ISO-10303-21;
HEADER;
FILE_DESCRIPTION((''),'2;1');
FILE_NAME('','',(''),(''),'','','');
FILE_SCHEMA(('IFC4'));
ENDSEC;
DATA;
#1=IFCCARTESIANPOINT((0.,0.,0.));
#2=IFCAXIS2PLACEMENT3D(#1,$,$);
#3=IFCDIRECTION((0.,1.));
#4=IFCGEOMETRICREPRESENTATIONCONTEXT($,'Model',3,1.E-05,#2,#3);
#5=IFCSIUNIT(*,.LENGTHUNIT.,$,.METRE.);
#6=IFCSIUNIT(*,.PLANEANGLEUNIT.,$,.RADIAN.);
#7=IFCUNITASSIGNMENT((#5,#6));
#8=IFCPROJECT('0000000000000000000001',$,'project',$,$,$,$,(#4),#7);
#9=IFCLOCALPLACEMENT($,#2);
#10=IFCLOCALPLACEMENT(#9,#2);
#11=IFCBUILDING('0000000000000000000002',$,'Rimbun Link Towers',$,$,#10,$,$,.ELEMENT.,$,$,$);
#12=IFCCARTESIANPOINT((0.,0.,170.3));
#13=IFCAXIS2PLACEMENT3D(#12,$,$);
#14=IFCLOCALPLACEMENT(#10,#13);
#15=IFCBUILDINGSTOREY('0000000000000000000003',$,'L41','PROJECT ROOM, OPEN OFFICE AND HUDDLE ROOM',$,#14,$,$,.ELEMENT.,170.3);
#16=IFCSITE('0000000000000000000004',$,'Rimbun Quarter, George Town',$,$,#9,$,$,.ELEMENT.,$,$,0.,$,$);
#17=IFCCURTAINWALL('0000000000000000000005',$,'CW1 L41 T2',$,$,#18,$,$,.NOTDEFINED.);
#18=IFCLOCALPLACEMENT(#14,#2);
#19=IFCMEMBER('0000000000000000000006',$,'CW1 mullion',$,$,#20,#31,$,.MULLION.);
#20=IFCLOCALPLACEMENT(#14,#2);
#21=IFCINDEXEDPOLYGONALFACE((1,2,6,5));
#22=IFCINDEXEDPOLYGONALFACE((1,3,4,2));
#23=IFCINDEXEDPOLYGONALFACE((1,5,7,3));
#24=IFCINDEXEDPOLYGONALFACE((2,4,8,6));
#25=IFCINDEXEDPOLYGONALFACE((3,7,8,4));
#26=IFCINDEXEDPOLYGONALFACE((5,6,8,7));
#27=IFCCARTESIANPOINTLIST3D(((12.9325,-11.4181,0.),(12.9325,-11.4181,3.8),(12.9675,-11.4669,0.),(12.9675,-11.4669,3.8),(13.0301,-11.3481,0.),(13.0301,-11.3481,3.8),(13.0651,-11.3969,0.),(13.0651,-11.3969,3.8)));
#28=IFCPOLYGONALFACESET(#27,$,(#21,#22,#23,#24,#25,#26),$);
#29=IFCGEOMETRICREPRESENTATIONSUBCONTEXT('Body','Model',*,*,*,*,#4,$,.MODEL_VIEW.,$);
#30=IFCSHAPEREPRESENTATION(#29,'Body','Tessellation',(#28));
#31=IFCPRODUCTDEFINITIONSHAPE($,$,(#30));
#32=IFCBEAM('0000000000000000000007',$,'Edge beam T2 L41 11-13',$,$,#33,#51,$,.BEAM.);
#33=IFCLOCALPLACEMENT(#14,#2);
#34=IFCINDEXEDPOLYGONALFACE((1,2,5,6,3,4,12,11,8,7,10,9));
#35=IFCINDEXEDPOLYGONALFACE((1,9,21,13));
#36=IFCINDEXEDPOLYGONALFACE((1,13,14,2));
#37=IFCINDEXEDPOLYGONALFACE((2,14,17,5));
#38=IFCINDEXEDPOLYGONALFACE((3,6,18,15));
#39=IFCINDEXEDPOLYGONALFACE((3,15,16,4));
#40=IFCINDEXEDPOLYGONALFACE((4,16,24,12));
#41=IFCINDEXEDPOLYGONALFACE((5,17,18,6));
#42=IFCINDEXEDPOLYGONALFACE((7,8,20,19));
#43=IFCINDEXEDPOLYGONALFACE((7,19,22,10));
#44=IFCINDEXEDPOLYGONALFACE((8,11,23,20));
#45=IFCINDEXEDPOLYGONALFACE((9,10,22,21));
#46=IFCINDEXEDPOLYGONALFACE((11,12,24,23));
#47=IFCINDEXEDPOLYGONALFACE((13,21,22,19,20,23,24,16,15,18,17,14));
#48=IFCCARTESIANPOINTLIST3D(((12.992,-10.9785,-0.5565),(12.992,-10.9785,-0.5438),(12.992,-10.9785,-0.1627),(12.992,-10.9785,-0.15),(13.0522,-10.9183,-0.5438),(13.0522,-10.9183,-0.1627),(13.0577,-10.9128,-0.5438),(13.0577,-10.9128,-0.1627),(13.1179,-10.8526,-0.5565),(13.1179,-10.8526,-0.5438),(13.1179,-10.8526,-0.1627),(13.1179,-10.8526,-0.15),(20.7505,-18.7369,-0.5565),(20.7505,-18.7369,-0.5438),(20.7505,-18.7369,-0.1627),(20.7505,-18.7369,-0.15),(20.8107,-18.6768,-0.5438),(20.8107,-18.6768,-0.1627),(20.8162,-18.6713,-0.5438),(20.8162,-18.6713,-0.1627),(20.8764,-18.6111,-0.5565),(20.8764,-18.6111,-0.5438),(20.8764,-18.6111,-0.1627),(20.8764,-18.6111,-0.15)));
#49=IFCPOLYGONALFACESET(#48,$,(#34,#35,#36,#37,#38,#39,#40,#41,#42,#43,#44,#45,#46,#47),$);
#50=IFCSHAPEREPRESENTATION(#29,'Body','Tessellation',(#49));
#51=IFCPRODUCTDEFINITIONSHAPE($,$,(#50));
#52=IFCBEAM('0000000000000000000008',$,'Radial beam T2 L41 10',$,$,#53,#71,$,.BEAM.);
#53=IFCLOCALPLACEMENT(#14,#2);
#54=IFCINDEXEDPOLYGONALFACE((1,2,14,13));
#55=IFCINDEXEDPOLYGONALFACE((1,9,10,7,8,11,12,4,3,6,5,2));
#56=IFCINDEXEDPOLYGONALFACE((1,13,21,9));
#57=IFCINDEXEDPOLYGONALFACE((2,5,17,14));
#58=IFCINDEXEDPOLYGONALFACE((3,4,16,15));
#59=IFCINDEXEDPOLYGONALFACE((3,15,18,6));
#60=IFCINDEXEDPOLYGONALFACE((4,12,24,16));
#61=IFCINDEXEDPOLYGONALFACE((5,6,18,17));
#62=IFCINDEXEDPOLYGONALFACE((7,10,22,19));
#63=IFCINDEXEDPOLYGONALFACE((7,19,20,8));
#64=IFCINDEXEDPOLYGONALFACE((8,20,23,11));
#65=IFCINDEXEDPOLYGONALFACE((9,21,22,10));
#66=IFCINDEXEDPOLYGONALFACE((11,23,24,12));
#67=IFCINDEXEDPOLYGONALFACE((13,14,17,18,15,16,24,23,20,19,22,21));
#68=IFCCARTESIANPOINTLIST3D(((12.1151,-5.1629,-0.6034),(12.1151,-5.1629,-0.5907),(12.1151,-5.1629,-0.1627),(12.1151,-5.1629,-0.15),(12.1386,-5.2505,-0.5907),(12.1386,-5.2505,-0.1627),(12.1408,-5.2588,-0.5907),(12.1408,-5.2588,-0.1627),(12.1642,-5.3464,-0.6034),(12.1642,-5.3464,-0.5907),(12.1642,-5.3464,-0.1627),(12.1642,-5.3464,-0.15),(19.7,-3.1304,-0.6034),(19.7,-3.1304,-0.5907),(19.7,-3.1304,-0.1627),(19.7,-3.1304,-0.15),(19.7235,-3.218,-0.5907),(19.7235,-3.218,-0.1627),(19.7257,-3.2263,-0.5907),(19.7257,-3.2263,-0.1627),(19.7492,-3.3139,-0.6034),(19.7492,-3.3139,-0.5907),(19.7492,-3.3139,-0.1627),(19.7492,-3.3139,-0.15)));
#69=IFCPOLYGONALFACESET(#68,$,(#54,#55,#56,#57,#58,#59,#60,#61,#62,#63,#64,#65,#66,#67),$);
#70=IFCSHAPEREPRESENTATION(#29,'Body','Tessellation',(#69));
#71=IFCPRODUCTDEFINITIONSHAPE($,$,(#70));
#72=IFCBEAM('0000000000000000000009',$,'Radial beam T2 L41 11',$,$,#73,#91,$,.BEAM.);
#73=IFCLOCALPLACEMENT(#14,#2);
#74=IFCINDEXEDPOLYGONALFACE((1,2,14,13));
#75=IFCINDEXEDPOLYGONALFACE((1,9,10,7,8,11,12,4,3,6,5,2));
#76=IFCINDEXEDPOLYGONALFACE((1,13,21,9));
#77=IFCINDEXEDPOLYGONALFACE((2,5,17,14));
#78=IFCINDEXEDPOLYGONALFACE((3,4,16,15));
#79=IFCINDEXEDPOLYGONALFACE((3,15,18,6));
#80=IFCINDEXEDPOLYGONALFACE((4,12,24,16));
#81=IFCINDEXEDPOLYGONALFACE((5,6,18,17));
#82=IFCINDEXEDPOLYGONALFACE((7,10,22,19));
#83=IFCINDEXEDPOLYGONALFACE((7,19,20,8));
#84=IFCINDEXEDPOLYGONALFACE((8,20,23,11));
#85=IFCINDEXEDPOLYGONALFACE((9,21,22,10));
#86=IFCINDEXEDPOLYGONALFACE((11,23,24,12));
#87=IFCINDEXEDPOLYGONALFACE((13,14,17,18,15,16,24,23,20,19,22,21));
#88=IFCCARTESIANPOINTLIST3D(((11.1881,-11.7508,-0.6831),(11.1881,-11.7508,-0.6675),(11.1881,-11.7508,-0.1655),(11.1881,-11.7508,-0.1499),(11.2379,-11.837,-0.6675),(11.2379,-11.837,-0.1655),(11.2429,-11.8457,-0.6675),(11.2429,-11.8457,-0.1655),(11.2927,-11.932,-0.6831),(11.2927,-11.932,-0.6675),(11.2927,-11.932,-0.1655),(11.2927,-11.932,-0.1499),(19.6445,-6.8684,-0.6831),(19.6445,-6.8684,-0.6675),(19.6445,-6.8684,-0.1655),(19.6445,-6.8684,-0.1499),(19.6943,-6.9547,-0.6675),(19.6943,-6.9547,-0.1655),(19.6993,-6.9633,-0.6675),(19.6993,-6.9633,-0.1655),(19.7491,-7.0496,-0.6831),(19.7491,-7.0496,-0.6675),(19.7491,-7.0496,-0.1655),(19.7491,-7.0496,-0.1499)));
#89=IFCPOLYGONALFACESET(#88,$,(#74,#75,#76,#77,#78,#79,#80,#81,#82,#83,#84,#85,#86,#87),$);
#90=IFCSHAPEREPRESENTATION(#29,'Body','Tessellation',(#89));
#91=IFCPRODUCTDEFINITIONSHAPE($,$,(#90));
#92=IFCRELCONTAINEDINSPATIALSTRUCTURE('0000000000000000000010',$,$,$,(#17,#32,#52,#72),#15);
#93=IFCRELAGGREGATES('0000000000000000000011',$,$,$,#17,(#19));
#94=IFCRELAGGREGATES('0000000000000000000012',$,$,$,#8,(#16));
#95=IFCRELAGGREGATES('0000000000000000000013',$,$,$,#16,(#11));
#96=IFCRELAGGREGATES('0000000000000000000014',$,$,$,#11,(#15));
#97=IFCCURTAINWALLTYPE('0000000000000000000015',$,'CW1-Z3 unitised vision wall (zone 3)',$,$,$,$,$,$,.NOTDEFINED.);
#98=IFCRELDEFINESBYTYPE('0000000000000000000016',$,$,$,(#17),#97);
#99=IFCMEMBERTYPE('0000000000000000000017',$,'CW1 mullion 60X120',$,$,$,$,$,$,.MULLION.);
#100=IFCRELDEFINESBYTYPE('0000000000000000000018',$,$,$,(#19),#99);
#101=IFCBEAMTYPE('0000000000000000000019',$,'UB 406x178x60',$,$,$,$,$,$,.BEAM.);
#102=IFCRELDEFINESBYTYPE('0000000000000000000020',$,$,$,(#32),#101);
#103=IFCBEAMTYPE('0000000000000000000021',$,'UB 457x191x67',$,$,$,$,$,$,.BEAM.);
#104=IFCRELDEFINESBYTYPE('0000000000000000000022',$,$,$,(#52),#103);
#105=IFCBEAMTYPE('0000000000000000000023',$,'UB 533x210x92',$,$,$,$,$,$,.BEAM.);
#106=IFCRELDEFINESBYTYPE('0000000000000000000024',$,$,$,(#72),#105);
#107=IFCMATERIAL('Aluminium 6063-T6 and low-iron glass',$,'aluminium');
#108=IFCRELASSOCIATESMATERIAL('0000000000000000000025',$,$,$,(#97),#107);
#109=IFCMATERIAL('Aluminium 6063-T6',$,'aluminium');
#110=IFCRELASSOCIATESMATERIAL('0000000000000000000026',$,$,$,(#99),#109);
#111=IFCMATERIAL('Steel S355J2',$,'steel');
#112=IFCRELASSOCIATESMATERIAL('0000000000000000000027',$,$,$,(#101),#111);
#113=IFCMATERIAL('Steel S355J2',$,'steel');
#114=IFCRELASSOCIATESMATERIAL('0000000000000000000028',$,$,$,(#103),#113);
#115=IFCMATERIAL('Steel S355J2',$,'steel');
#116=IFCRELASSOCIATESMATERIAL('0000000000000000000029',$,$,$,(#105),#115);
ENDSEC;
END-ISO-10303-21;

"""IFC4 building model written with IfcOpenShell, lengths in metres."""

from ifc_helpers import new_model, si_unit, direction, frame, origin, origin_2d, place, context, subcontext, project, spatial, rectangle, i_section, extrude, material, material_profile, profile_set, type_object, element, aggregate, save


model = new_model("IFC4")

# Units and contexts
model_context = context("Model", 3, precision=1e-05, world=origin(), true_north=direction((0.0, 1.0)))
body_context = subcontext(model_context, "Body", "Model", "MODEL_VIEW")
ifc_project = project(units=[si_unit("LENGTHUNIT", "METRE"), si_unit("PLANEANGLEUNIT", "RADIAN")], contexts=[model_context])

# Site, building, storey
site_placement = place(None, origin())
site = spatial("IfcSite", under=ifc_project, at=site_placement, Name="Rimbun Quarter, George Town", CompositionType="ELEMENT", RefElevation=0.0)
building_placement = place(site_placement, origin())
building = spatial("IfcBuilding", under=site, at=building_placement, Name="Rimbun Link Towers", CompositionType="ELEMENT")
storey_placement = place(building_placement, frame((0.0, 0.0, 170.3)))
storey = spatial("IfcBuildingStorey", under=building, at=storey_placement, Name="L41", Description="PROJECT ROOM, OPEN OFFICE AND HUDDLE ROOM", CompositionType="ELEMENT", Elevation=170.3)

# Curtain wall, member
ifc_material_1 = material(Name="Aluminium 6063-T6 and low-iron glass", Category="aluminium")
curtain_wall_type = type_object("IfcCurtainWallType", Name="CW1-Z3 unitised vision wall (zone 3)", PredefinedType="NOTDEFINED", material=ifc_material_1)
curtain_wall_placement = place(storey_placement, origin())
curtain_wall = element("IfcCurtainWall", 1, at=curtain_wall_placement, inside=storey, type_object=curtain_wall_type, Name="CW1 L41 T2", PredefinedType="NOTDEFINED")
ifc_material_2 = material(Name="Aluminium 6063-T6", Category="aluminium")
ifc_material_profile_1 = material_profile(ifc_material_2, rectangle(XDim=0.1201, YDim=0.0601, at=origin_2d()), Name="MULLION 60X120")
ifc_profile_set_1 = profile_set([ifc_material_profile_1], Name="Aluminium 6063-T6")
member_type = type_object("IfcMemberType", Name="CW1 mullion 60X120", PredefinedType="MULLION", material=ifc_profile_set_1)
member_placement = place(storey_placement, frame((12.9988, -11.4075, 0.0), z_axis=(0.0, 0.0, 1.0), x_axis=(-0.812465, -0.583009, 0.0)))
member = element("IfcMember", 2, at=member_placement, type_object=member_type, Name="CW1 mullion", PredefinedType="MULLION", context=body_context, shape_type="SweptSolid", body=[
    extrude(rectangle(XDim=0.1201, YDim=0.0601, at=origin_2d()), origin(), (0.0, 0.0, 1.0), 3.8),
])
aggregate(curtain_wall, [member])

# Beams
ifc_material_3 = material(Name="Steel S355J2", Category="steel")
ifc_material_profile_2 = material_profile(ifc_material_3, i_section(OverallWidth=0.178, OverallDepth=0.4065, WebThickness=0.0078, FlangeThickness=0.0127, at=origin_2d()), Name="UB 406x178x60")
ifc_profile_set_2 = profile_set([ifc_material_profile_2], Name="Steel S355J2")
beam_type_1 = type_object("IfcBeamType", Name="UB 406x178x60", PredefinedType="BEAM", material=ifc_profile_set_2)
beam_1_placement = place(storey_placement, frame((13.0549, -10.9155, -0.3533), z_axis=(0.707107, -0.707107, 0.0), x_axis=(0.707107, 0.707107, 0.0)))
element("IfcBeam", 3, at=beam_1_placement, inside=storey, type_object=beam_type_1, Name="Edge beam T2 L41 11-13", PredefinedType="BEAM", context=body_context, shape_type="SweptSolid", body=[
    extrude(i_section(OverallWidth=0.178, OverallDepth=0.4065, WebThickness=0.0078, FlangeThickness=0.0127, at=origin_2d()), origin(), (0.0, 0.0, 1.0), 10.9722),
])
ifc_material_4 = material(Name="Steel S355J2", Category="steel")
ifc_material_profile_3 = material_profile(ifc_material_4, i_section(OverallWidth=0.1899, OverallDepth=0.4534, WebThickness=0.0085, FlangeThickness=0.0127, at=origin_2d()), Name="UB 457x191x67")
ifc_profile_set_3 = profile_set([ifc_material_profile_3], Name="Steel S355J2")
beam_type_2 = type_object("IfcBeamType", Name="UB 457x191x67", PredefinedType="BEAM", material=ifc_profile_set_3)
beam_2_placement = place(storey_placement, frame((19.7246, -3.2222, -0.3767), z_axis=(-0.965923, -0.258829, 0.0), x_axis=(0.258829, -0.965923, 0.0)))
element("IfcBeam", 4, at=beam_2_placement, inside=storey, type_object=beam_type_2, Name="Radial beam T2 L41 10", PredefinedType="BEAM", context=body_context, shape_type="SweptSolid", body=[
    extrude(i_section(OverallWidth=0.1899, OverallDepth=0.4534, WebThickness=0.0085, FlangeThickness=0.0127, at=origin_2d()), origin(), (0.0, 0.0, 1.0), 7.8525),
])
ifc_material_5 = material(Name="Steel S355J2", Category="steel")
ifc_material_profile_4 = material_profile(ifc_material_5, i_section(OverallWidth=0.2092, OverallDepth=0.5332, WebThickness=0.01, FlangeThickness=0.0156, at=origin_2d()), Name="UB 533x210x92")
ifc_profile_set_4 = profile_set([ifc_material_profile_4], Name="Steel S355J2")
beam_type_3 = type_object("IfcBeamType", Name="UB 533x210x92", PredefinedType="BEAM", material=ifc_profile_set_4)
beam_3_placement = place(storey_placement, frame((19.6968, -6.959, -0.4165), z_axis=(-0.866022, -0.500006, 0.0), x_axis=(0.500006, -0.866022, 0.0)))
element("IfcBeam", 5, at=beam_3_placement, inside=storey, type_object=beam_type_3, Name="Radial beam T2 L41 11", PredefinedType="BEAM", context=body_context, shape_type="SweptSolid", body=[
    extrude(i_section(OverallWidth=0.2092, OverallDepth=0.5332, WebThickness=0.01, FlangeThickness=0.0156, at=origin_2d()), origin(), (0.0, 0.0, 1.0), 9.7646),
])

save(model, "model.ifc")
